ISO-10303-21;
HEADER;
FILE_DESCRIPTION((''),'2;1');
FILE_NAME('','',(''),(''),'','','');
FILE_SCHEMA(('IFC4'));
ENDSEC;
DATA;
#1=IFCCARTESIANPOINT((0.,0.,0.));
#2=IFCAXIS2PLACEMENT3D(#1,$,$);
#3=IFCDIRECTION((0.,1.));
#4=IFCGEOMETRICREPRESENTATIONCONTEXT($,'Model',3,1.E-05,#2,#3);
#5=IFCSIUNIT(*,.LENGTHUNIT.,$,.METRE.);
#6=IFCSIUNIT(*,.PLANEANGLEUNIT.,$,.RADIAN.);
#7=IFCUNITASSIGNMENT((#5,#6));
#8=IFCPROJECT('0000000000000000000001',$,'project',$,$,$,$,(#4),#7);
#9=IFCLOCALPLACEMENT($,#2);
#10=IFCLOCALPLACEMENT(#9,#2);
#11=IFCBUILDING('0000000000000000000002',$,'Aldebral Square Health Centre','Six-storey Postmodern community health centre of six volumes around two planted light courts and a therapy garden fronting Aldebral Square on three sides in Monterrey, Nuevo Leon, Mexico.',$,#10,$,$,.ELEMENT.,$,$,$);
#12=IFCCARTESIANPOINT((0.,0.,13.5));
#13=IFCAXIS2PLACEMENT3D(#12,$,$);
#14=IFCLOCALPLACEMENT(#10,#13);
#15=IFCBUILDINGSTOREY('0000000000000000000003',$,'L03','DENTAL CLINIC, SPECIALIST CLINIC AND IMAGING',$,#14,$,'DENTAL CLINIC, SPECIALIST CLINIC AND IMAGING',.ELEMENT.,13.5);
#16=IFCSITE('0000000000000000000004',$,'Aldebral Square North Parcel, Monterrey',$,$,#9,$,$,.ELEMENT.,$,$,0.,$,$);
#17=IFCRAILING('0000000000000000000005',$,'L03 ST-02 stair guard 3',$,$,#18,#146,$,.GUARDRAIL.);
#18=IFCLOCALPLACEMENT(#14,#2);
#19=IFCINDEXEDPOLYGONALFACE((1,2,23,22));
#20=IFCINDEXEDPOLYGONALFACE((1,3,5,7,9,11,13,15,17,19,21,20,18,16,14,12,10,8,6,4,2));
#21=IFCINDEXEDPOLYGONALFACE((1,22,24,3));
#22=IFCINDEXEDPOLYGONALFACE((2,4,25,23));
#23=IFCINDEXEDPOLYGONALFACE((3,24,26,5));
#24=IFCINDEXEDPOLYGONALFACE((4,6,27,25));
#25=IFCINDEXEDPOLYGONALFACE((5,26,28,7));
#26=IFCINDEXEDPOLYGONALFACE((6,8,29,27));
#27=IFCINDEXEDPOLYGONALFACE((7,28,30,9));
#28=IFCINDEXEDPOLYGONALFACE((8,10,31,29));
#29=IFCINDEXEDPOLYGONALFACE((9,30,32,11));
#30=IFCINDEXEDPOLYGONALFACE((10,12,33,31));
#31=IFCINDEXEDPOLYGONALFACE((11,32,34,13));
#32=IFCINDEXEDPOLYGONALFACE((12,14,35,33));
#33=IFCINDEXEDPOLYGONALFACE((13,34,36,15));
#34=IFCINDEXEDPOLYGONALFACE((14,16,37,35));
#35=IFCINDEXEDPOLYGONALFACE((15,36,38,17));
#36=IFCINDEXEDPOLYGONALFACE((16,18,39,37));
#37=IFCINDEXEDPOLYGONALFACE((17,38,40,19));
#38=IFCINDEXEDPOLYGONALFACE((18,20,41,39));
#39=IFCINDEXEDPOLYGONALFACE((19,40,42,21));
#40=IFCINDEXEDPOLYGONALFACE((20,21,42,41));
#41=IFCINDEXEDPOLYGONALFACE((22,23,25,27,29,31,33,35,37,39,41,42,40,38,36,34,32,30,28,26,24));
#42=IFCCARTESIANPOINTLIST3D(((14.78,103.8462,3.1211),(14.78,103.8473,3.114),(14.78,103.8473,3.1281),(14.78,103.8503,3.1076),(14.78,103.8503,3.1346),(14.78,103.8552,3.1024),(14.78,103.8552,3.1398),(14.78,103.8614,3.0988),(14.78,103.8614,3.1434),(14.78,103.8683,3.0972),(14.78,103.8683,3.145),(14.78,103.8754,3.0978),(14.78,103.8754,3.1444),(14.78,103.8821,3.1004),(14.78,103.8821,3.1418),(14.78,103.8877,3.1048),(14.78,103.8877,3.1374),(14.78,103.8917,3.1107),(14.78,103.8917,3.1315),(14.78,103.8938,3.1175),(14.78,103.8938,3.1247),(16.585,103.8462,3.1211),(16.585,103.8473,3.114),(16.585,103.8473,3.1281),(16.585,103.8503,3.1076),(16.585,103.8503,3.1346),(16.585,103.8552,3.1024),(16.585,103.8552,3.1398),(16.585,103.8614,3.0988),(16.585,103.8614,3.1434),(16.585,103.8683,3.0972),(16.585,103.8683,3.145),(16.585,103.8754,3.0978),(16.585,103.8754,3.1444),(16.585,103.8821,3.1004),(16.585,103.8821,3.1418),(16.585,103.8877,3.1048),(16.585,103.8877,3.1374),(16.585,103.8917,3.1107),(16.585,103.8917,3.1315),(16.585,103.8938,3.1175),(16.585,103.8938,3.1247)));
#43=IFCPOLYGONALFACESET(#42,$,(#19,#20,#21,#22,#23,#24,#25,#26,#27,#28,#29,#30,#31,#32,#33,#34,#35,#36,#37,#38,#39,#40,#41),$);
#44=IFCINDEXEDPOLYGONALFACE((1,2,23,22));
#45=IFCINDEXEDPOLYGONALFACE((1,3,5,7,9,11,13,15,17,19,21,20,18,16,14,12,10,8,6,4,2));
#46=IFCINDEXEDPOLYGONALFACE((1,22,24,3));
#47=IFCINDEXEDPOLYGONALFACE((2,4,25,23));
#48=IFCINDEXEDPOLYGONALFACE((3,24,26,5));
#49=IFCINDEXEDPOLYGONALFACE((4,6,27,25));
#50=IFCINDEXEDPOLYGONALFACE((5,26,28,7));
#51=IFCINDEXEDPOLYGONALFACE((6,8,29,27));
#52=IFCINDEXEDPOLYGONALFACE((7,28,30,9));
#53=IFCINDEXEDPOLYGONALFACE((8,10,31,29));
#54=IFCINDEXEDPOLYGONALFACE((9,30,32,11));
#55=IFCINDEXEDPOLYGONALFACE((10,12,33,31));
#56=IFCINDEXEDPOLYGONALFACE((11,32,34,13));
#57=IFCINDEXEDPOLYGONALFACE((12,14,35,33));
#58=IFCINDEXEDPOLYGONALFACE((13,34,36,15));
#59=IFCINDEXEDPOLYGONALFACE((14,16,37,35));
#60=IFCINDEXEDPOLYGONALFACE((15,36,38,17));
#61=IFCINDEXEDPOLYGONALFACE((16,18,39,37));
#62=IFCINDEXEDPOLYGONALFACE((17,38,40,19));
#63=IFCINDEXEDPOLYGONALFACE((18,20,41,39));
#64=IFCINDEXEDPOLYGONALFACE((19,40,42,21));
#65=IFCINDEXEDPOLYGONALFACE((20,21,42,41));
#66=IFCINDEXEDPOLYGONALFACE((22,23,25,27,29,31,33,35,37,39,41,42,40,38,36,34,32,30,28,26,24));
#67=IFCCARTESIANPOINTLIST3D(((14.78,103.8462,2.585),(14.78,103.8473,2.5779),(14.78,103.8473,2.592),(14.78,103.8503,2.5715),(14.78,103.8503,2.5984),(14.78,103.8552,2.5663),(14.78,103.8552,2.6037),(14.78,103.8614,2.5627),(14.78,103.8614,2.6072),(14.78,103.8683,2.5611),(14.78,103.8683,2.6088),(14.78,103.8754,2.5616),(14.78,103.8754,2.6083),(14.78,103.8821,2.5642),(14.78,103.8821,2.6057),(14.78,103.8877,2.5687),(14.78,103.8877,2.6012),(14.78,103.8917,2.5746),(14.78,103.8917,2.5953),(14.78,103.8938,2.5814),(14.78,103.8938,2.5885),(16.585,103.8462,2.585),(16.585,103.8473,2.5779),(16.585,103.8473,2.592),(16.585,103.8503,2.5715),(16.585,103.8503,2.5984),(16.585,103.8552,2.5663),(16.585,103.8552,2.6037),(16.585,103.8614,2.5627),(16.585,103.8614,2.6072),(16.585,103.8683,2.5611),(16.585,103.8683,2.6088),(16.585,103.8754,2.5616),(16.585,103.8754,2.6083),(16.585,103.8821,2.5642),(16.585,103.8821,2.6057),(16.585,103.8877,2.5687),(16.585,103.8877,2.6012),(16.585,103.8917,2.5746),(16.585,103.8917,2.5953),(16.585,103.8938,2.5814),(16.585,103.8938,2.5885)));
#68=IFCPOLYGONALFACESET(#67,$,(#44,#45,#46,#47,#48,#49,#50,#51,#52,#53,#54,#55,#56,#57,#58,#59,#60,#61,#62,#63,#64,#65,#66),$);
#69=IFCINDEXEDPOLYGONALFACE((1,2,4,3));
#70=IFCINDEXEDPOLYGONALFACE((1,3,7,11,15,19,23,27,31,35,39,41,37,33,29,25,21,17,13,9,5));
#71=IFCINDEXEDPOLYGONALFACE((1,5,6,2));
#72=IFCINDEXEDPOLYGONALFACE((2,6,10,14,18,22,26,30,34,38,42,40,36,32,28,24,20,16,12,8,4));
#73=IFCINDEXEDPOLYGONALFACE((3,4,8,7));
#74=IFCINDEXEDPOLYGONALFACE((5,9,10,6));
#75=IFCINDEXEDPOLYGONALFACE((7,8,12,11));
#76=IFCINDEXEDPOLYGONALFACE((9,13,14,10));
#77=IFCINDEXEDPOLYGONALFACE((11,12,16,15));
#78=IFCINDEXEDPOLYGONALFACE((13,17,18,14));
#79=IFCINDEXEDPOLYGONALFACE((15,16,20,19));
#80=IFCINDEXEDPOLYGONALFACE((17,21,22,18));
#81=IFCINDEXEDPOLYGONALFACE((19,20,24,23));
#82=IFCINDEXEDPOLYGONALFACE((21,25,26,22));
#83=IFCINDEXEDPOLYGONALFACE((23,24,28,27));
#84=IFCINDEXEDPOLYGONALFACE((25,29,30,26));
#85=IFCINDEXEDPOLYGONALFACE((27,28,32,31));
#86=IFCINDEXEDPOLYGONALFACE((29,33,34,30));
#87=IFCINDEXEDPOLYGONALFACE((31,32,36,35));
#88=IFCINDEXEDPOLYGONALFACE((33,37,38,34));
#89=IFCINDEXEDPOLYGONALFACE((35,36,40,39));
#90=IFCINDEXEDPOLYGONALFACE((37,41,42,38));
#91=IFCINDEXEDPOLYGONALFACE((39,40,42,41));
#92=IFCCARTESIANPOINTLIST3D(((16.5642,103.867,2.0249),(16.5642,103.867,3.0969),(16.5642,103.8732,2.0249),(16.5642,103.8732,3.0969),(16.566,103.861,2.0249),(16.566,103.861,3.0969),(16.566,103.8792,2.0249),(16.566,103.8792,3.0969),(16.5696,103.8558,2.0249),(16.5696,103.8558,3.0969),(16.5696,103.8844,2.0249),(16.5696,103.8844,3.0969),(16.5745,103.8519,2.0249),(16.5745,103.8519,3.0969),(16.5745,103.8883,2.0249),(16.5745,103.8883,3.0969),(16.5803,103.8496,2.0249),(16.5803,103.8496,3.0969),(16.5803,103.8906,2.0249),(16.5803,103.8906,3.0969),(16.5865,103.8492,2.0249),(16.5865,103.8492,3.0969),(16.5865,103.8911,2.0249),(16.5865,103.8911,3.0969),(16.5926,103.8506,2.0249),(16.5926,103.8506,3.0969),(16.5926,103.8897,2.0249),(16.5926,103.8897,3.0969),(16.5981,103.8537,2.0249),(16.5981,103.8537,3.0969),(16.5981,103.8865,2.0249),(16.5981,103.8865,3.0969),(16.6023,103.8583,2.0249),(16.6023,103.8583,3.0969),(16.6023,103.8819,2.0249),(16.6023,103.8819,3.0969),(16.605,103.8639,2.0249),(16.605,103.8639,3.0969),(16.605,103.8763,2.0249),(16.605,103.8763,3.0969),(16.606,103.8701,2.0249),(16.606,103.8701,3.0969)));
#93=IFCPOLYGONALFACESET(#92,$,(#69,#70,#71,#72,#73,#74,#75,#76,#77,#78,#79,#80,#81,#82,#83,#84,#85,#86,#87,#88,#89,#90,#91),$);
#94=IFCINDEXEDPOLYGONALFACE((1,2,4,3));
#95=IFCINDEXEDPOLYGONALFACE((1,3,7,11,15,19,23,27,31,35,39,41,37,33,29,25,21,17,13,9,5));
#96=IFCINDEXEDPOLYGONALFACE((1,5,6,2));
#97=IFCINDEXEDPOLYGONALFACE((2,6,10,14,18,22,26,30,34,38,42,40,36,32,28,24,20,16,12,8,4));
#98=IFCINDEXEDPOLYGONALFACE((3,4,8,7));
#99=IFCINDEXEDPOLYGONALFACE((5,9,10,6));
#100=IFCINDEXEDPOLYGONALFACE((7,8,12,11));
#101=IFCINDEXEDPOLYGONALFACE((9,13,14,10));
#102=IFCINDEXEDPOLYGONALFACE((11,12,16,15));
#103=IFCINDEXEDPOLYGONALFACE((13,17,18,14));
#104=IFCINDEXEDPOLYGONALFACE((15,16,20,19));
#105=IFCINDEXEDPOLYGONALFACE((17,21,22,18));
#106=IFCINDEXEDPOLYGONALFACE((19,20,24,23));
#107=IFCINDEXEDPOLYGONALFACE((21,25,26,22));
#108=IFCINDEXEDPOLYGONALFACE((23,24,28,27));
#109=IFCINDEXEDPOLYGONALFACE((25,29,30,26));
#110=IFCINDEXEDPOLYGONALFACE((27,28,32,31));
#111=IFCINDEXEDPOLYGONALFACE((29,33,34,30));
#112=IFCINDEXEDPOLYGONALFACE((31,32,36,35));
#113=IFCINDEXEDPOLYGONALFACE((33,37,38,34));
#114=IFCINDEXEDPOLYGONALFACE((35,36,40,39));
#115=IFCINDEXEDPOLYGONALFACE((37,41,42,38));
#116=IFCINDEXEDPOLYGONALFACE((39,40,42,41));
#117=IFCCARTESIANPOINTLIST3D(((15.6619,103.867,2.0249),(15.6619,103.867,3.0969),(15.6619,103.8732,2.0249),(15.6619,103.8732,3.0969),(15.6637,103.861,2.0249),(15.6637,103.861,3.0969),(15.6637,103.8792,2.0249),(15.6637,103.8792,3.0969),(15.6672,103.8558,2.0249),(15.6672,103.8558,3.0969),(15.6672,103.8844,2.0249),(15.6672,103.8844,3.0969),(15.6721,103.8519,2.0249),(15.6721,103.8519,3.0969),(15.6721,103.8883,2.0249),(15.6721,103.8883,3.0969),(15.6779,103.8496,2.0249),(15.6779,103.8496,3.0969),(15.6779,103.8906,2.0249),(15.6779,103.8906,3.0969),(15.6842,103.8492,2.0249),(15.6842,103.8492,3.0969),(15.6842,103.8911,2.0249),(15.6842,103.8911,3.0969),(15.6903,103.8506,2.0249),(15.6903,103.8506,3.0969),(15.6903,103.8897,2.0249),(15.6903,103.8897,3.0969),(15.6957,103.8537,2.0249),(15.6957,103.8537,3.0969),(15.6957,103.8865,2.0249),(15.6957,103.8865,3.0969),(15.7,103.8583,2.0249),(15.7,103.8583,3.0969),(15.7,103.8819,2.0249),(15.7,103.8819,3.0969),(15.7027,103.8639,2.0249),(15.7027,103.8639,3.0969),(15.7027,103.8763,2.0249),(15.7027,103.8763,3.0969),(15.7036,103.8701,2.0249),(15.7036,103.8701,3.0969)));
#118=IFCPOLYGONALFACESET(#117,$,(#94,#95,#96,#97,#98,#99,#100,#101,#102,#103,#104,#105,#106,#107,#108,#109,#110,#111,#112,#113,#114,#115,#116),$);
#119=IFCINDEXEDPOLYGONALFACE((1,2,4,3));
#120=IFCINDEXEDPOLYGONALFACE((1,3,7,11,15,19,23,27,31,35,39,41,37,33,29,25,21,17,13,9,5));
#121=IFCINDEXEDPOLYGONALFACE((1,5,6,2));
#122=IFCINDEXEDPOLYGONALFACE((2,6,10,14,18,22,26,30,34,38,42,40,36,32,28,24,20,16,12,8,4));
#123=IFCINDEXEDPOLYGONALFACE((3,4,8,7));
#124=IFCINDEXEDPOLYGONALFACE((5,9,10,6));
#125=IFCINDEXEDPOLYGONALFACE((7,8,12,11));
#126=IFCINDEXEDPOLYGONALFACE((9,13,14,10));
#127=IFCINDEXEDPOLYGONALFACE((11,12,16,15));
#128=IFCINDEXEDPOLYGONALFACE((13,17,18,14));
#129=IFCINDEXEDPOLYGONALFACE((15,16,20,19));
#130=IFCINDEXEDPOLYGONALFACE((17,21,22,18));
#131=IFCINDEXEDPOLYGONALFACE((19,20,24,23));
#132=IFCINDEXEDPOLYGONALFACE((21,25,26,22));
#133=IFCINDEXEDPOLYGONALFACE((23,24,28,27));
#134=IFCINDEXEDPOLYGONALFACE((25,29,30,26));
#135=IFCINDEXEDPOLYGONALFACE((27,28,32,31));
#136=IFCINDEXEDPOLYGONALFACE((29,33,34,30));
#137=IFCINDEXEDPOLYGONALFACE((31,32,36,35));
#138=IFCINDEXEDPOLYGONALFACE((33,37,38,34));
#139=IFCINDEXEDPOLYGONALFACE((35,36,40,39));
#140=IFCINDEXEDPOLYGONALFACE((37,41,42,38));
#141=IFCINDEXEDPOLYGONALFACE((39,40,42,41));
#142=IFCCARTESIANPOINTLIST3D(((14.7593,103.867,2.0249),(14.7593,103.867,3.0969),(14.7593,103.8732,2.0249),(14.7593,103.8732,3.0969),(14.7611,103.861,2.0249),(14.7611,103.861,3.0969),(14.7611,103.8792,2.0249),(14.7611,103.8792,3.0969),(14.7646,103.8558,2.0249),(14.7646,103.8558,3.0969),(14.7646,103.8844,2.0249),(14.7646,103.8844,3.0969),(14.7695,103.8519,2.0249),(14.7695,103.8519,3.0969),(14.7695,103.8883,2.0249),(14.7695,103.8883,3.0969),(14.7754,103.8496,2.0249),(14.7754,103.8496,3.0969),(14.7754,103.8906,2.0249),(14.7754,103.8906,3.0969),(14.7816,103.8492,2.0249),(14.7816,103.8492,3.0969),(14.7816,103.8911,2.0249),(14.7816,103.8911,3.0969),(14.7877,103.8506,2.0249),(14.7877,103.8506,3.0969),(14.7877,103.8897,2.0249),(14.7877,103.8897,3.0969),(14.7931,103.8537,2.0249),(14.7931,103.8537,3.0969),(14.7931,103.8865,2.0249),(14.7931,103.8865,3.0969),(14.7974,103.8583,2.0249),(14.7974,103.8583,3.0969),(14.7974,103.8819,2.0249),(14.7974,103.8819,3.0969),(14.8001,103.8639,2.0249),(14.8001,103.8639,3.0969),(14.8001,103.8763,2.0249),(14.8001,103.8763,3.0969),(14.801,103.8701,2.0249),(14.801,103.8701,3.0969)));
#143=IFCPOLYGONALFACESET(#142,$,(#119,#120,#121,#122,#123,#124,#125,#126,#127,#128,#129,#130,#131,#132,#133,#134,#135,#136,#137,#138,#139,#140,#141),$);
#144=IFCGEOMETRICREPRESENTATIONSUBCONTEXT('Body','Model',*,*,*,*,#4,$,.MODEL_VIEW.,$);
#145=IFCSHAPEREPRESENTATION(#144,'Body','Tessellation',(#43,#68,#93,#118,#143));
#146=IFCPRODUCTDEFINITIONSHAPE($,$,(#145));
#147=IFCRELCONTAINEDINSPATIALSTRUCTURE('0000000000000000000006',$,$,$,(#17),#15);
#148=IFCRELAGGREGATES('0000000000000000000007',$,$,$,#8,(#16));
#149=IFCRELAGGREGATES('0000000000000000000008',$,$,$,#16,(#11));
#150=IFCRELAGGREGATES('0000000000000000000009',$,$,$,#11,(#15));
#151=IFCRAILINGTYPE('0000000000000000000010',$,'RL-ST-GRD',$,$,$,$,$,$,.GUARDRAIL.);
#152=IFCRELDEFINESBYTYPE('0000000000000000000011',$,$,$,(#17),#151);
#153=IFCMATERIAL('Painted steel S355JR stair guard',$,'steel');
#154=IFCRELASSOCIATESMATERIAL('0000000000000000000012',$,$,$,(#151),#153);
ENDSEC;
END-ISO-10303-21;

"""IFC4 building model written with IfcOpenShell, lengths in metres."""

from ifc_helpers import new_model, si_unit, direction, frame, origin, origin_2d, place, context, subcontext, project, spatial, circle, extrude, material, type_object, element, save


model = new_model("IFC4")

# Units and contexts
model_context = context("Model", 3, precision=1e-05, world=origin(), true_north=direction((0.0, 1.0)))
body_context = subcontext(model_context, "Body", "Model", "MODEL_VIEW")
ifc_project = project(units=[si_unit("LENGTHUNIT", "METRE"), si_unit("PLANEANGLEUNIT", "RADIAN")], contexts=[model_context])

# Site, building, storey
site_placement = place(None, origin())
site = spatial("IfcSite", under=ifc_project, at=site_placement, Name="Aldebral Square North Parcel, Monterrey", CompositionType="ELEMENT", RefElevation=0.0)
building_placement = place(site_placement, origin())
building = spatial("IfcBuilding", under=site, at=building_placement, Name="Aldebral Square Health Centre", Description="Six-storey Postmodern community health centre of six volumes around two planted light courts and a therapy garden fronting Aldebral Square on three sides in Monterrey, Nuevo Leon, Mexico.", CompositionType="ELEMENT")
storey_placement = place(building_placement, frame((0.0, 0.0, 13.5)))
storey = spatial("IfcBuildingStorey", under=building, at=storey_placement, Name="L03", Description="DENTAL CLINIC, SPECIALIST CLINIC AND IMAGING", LongName="DENTAL CLINIC, SPECIALIST CLINIC AND IMAGING", CompositionType="ELEMENT", Elevation=13.5)

# Railing
ifc_material_1 = material(Name="Painted steel S355JR stair guard", Category="steel")
railing_type_1 = type_object("IfcRailingType", Name="RL-ST-GRD", PredefinedType="GUARDRAIL", material=ifc_material_1)
for number, where, name in (
    (1, (16.585, 103.8701, 2.0249), "L03 ST-02 stair guard 3"),
):
    element("IfcRailing", number, at=place(storey_placement, frame(where)), inside=storey, type_object=railing_type_1, Name=name, PredefinedType="GUARDRAIL", context=body_context, shape_type="SweptSolid", body=[
        extrude(circle(Radius=0.0239, at=origin_2d()), frame((0.0, 0.0, 1.0962), z_axis=(-1.0, 0.0, 0.0), x_axis=(0.0, -1.0, 0.0)), (0.0, 0.0, 1.0), 1.8049),
        extrude(circle(Radius=0.0239, at=origin_2d()), frame((0.0, 0.0, 0.5601), z_axis=(-1.0, 0.0, 0.0), x_axis=(0.0, -1.0, 0.0)), (0.0, 0.0, 1.0), 1.8049),
        extrude(circle(Radius=0.021, at=origin_2d()), origin(), (0.0, 0.0, 1.0), 1.072),
        extrude(circle(Radius=0.021, at=origin_2d()), frame((-0.9023, 0.0, 0.0)), (0.0, 0.0, 1.0), 1.072),
        extrude(circle(Radius=0.021, at=origin_2d()), frame((-1.8049, 0.0, 0.0)), (0.0, 0.0, 1.0), 1.072),
    ])

save(model, "model.ifc")
